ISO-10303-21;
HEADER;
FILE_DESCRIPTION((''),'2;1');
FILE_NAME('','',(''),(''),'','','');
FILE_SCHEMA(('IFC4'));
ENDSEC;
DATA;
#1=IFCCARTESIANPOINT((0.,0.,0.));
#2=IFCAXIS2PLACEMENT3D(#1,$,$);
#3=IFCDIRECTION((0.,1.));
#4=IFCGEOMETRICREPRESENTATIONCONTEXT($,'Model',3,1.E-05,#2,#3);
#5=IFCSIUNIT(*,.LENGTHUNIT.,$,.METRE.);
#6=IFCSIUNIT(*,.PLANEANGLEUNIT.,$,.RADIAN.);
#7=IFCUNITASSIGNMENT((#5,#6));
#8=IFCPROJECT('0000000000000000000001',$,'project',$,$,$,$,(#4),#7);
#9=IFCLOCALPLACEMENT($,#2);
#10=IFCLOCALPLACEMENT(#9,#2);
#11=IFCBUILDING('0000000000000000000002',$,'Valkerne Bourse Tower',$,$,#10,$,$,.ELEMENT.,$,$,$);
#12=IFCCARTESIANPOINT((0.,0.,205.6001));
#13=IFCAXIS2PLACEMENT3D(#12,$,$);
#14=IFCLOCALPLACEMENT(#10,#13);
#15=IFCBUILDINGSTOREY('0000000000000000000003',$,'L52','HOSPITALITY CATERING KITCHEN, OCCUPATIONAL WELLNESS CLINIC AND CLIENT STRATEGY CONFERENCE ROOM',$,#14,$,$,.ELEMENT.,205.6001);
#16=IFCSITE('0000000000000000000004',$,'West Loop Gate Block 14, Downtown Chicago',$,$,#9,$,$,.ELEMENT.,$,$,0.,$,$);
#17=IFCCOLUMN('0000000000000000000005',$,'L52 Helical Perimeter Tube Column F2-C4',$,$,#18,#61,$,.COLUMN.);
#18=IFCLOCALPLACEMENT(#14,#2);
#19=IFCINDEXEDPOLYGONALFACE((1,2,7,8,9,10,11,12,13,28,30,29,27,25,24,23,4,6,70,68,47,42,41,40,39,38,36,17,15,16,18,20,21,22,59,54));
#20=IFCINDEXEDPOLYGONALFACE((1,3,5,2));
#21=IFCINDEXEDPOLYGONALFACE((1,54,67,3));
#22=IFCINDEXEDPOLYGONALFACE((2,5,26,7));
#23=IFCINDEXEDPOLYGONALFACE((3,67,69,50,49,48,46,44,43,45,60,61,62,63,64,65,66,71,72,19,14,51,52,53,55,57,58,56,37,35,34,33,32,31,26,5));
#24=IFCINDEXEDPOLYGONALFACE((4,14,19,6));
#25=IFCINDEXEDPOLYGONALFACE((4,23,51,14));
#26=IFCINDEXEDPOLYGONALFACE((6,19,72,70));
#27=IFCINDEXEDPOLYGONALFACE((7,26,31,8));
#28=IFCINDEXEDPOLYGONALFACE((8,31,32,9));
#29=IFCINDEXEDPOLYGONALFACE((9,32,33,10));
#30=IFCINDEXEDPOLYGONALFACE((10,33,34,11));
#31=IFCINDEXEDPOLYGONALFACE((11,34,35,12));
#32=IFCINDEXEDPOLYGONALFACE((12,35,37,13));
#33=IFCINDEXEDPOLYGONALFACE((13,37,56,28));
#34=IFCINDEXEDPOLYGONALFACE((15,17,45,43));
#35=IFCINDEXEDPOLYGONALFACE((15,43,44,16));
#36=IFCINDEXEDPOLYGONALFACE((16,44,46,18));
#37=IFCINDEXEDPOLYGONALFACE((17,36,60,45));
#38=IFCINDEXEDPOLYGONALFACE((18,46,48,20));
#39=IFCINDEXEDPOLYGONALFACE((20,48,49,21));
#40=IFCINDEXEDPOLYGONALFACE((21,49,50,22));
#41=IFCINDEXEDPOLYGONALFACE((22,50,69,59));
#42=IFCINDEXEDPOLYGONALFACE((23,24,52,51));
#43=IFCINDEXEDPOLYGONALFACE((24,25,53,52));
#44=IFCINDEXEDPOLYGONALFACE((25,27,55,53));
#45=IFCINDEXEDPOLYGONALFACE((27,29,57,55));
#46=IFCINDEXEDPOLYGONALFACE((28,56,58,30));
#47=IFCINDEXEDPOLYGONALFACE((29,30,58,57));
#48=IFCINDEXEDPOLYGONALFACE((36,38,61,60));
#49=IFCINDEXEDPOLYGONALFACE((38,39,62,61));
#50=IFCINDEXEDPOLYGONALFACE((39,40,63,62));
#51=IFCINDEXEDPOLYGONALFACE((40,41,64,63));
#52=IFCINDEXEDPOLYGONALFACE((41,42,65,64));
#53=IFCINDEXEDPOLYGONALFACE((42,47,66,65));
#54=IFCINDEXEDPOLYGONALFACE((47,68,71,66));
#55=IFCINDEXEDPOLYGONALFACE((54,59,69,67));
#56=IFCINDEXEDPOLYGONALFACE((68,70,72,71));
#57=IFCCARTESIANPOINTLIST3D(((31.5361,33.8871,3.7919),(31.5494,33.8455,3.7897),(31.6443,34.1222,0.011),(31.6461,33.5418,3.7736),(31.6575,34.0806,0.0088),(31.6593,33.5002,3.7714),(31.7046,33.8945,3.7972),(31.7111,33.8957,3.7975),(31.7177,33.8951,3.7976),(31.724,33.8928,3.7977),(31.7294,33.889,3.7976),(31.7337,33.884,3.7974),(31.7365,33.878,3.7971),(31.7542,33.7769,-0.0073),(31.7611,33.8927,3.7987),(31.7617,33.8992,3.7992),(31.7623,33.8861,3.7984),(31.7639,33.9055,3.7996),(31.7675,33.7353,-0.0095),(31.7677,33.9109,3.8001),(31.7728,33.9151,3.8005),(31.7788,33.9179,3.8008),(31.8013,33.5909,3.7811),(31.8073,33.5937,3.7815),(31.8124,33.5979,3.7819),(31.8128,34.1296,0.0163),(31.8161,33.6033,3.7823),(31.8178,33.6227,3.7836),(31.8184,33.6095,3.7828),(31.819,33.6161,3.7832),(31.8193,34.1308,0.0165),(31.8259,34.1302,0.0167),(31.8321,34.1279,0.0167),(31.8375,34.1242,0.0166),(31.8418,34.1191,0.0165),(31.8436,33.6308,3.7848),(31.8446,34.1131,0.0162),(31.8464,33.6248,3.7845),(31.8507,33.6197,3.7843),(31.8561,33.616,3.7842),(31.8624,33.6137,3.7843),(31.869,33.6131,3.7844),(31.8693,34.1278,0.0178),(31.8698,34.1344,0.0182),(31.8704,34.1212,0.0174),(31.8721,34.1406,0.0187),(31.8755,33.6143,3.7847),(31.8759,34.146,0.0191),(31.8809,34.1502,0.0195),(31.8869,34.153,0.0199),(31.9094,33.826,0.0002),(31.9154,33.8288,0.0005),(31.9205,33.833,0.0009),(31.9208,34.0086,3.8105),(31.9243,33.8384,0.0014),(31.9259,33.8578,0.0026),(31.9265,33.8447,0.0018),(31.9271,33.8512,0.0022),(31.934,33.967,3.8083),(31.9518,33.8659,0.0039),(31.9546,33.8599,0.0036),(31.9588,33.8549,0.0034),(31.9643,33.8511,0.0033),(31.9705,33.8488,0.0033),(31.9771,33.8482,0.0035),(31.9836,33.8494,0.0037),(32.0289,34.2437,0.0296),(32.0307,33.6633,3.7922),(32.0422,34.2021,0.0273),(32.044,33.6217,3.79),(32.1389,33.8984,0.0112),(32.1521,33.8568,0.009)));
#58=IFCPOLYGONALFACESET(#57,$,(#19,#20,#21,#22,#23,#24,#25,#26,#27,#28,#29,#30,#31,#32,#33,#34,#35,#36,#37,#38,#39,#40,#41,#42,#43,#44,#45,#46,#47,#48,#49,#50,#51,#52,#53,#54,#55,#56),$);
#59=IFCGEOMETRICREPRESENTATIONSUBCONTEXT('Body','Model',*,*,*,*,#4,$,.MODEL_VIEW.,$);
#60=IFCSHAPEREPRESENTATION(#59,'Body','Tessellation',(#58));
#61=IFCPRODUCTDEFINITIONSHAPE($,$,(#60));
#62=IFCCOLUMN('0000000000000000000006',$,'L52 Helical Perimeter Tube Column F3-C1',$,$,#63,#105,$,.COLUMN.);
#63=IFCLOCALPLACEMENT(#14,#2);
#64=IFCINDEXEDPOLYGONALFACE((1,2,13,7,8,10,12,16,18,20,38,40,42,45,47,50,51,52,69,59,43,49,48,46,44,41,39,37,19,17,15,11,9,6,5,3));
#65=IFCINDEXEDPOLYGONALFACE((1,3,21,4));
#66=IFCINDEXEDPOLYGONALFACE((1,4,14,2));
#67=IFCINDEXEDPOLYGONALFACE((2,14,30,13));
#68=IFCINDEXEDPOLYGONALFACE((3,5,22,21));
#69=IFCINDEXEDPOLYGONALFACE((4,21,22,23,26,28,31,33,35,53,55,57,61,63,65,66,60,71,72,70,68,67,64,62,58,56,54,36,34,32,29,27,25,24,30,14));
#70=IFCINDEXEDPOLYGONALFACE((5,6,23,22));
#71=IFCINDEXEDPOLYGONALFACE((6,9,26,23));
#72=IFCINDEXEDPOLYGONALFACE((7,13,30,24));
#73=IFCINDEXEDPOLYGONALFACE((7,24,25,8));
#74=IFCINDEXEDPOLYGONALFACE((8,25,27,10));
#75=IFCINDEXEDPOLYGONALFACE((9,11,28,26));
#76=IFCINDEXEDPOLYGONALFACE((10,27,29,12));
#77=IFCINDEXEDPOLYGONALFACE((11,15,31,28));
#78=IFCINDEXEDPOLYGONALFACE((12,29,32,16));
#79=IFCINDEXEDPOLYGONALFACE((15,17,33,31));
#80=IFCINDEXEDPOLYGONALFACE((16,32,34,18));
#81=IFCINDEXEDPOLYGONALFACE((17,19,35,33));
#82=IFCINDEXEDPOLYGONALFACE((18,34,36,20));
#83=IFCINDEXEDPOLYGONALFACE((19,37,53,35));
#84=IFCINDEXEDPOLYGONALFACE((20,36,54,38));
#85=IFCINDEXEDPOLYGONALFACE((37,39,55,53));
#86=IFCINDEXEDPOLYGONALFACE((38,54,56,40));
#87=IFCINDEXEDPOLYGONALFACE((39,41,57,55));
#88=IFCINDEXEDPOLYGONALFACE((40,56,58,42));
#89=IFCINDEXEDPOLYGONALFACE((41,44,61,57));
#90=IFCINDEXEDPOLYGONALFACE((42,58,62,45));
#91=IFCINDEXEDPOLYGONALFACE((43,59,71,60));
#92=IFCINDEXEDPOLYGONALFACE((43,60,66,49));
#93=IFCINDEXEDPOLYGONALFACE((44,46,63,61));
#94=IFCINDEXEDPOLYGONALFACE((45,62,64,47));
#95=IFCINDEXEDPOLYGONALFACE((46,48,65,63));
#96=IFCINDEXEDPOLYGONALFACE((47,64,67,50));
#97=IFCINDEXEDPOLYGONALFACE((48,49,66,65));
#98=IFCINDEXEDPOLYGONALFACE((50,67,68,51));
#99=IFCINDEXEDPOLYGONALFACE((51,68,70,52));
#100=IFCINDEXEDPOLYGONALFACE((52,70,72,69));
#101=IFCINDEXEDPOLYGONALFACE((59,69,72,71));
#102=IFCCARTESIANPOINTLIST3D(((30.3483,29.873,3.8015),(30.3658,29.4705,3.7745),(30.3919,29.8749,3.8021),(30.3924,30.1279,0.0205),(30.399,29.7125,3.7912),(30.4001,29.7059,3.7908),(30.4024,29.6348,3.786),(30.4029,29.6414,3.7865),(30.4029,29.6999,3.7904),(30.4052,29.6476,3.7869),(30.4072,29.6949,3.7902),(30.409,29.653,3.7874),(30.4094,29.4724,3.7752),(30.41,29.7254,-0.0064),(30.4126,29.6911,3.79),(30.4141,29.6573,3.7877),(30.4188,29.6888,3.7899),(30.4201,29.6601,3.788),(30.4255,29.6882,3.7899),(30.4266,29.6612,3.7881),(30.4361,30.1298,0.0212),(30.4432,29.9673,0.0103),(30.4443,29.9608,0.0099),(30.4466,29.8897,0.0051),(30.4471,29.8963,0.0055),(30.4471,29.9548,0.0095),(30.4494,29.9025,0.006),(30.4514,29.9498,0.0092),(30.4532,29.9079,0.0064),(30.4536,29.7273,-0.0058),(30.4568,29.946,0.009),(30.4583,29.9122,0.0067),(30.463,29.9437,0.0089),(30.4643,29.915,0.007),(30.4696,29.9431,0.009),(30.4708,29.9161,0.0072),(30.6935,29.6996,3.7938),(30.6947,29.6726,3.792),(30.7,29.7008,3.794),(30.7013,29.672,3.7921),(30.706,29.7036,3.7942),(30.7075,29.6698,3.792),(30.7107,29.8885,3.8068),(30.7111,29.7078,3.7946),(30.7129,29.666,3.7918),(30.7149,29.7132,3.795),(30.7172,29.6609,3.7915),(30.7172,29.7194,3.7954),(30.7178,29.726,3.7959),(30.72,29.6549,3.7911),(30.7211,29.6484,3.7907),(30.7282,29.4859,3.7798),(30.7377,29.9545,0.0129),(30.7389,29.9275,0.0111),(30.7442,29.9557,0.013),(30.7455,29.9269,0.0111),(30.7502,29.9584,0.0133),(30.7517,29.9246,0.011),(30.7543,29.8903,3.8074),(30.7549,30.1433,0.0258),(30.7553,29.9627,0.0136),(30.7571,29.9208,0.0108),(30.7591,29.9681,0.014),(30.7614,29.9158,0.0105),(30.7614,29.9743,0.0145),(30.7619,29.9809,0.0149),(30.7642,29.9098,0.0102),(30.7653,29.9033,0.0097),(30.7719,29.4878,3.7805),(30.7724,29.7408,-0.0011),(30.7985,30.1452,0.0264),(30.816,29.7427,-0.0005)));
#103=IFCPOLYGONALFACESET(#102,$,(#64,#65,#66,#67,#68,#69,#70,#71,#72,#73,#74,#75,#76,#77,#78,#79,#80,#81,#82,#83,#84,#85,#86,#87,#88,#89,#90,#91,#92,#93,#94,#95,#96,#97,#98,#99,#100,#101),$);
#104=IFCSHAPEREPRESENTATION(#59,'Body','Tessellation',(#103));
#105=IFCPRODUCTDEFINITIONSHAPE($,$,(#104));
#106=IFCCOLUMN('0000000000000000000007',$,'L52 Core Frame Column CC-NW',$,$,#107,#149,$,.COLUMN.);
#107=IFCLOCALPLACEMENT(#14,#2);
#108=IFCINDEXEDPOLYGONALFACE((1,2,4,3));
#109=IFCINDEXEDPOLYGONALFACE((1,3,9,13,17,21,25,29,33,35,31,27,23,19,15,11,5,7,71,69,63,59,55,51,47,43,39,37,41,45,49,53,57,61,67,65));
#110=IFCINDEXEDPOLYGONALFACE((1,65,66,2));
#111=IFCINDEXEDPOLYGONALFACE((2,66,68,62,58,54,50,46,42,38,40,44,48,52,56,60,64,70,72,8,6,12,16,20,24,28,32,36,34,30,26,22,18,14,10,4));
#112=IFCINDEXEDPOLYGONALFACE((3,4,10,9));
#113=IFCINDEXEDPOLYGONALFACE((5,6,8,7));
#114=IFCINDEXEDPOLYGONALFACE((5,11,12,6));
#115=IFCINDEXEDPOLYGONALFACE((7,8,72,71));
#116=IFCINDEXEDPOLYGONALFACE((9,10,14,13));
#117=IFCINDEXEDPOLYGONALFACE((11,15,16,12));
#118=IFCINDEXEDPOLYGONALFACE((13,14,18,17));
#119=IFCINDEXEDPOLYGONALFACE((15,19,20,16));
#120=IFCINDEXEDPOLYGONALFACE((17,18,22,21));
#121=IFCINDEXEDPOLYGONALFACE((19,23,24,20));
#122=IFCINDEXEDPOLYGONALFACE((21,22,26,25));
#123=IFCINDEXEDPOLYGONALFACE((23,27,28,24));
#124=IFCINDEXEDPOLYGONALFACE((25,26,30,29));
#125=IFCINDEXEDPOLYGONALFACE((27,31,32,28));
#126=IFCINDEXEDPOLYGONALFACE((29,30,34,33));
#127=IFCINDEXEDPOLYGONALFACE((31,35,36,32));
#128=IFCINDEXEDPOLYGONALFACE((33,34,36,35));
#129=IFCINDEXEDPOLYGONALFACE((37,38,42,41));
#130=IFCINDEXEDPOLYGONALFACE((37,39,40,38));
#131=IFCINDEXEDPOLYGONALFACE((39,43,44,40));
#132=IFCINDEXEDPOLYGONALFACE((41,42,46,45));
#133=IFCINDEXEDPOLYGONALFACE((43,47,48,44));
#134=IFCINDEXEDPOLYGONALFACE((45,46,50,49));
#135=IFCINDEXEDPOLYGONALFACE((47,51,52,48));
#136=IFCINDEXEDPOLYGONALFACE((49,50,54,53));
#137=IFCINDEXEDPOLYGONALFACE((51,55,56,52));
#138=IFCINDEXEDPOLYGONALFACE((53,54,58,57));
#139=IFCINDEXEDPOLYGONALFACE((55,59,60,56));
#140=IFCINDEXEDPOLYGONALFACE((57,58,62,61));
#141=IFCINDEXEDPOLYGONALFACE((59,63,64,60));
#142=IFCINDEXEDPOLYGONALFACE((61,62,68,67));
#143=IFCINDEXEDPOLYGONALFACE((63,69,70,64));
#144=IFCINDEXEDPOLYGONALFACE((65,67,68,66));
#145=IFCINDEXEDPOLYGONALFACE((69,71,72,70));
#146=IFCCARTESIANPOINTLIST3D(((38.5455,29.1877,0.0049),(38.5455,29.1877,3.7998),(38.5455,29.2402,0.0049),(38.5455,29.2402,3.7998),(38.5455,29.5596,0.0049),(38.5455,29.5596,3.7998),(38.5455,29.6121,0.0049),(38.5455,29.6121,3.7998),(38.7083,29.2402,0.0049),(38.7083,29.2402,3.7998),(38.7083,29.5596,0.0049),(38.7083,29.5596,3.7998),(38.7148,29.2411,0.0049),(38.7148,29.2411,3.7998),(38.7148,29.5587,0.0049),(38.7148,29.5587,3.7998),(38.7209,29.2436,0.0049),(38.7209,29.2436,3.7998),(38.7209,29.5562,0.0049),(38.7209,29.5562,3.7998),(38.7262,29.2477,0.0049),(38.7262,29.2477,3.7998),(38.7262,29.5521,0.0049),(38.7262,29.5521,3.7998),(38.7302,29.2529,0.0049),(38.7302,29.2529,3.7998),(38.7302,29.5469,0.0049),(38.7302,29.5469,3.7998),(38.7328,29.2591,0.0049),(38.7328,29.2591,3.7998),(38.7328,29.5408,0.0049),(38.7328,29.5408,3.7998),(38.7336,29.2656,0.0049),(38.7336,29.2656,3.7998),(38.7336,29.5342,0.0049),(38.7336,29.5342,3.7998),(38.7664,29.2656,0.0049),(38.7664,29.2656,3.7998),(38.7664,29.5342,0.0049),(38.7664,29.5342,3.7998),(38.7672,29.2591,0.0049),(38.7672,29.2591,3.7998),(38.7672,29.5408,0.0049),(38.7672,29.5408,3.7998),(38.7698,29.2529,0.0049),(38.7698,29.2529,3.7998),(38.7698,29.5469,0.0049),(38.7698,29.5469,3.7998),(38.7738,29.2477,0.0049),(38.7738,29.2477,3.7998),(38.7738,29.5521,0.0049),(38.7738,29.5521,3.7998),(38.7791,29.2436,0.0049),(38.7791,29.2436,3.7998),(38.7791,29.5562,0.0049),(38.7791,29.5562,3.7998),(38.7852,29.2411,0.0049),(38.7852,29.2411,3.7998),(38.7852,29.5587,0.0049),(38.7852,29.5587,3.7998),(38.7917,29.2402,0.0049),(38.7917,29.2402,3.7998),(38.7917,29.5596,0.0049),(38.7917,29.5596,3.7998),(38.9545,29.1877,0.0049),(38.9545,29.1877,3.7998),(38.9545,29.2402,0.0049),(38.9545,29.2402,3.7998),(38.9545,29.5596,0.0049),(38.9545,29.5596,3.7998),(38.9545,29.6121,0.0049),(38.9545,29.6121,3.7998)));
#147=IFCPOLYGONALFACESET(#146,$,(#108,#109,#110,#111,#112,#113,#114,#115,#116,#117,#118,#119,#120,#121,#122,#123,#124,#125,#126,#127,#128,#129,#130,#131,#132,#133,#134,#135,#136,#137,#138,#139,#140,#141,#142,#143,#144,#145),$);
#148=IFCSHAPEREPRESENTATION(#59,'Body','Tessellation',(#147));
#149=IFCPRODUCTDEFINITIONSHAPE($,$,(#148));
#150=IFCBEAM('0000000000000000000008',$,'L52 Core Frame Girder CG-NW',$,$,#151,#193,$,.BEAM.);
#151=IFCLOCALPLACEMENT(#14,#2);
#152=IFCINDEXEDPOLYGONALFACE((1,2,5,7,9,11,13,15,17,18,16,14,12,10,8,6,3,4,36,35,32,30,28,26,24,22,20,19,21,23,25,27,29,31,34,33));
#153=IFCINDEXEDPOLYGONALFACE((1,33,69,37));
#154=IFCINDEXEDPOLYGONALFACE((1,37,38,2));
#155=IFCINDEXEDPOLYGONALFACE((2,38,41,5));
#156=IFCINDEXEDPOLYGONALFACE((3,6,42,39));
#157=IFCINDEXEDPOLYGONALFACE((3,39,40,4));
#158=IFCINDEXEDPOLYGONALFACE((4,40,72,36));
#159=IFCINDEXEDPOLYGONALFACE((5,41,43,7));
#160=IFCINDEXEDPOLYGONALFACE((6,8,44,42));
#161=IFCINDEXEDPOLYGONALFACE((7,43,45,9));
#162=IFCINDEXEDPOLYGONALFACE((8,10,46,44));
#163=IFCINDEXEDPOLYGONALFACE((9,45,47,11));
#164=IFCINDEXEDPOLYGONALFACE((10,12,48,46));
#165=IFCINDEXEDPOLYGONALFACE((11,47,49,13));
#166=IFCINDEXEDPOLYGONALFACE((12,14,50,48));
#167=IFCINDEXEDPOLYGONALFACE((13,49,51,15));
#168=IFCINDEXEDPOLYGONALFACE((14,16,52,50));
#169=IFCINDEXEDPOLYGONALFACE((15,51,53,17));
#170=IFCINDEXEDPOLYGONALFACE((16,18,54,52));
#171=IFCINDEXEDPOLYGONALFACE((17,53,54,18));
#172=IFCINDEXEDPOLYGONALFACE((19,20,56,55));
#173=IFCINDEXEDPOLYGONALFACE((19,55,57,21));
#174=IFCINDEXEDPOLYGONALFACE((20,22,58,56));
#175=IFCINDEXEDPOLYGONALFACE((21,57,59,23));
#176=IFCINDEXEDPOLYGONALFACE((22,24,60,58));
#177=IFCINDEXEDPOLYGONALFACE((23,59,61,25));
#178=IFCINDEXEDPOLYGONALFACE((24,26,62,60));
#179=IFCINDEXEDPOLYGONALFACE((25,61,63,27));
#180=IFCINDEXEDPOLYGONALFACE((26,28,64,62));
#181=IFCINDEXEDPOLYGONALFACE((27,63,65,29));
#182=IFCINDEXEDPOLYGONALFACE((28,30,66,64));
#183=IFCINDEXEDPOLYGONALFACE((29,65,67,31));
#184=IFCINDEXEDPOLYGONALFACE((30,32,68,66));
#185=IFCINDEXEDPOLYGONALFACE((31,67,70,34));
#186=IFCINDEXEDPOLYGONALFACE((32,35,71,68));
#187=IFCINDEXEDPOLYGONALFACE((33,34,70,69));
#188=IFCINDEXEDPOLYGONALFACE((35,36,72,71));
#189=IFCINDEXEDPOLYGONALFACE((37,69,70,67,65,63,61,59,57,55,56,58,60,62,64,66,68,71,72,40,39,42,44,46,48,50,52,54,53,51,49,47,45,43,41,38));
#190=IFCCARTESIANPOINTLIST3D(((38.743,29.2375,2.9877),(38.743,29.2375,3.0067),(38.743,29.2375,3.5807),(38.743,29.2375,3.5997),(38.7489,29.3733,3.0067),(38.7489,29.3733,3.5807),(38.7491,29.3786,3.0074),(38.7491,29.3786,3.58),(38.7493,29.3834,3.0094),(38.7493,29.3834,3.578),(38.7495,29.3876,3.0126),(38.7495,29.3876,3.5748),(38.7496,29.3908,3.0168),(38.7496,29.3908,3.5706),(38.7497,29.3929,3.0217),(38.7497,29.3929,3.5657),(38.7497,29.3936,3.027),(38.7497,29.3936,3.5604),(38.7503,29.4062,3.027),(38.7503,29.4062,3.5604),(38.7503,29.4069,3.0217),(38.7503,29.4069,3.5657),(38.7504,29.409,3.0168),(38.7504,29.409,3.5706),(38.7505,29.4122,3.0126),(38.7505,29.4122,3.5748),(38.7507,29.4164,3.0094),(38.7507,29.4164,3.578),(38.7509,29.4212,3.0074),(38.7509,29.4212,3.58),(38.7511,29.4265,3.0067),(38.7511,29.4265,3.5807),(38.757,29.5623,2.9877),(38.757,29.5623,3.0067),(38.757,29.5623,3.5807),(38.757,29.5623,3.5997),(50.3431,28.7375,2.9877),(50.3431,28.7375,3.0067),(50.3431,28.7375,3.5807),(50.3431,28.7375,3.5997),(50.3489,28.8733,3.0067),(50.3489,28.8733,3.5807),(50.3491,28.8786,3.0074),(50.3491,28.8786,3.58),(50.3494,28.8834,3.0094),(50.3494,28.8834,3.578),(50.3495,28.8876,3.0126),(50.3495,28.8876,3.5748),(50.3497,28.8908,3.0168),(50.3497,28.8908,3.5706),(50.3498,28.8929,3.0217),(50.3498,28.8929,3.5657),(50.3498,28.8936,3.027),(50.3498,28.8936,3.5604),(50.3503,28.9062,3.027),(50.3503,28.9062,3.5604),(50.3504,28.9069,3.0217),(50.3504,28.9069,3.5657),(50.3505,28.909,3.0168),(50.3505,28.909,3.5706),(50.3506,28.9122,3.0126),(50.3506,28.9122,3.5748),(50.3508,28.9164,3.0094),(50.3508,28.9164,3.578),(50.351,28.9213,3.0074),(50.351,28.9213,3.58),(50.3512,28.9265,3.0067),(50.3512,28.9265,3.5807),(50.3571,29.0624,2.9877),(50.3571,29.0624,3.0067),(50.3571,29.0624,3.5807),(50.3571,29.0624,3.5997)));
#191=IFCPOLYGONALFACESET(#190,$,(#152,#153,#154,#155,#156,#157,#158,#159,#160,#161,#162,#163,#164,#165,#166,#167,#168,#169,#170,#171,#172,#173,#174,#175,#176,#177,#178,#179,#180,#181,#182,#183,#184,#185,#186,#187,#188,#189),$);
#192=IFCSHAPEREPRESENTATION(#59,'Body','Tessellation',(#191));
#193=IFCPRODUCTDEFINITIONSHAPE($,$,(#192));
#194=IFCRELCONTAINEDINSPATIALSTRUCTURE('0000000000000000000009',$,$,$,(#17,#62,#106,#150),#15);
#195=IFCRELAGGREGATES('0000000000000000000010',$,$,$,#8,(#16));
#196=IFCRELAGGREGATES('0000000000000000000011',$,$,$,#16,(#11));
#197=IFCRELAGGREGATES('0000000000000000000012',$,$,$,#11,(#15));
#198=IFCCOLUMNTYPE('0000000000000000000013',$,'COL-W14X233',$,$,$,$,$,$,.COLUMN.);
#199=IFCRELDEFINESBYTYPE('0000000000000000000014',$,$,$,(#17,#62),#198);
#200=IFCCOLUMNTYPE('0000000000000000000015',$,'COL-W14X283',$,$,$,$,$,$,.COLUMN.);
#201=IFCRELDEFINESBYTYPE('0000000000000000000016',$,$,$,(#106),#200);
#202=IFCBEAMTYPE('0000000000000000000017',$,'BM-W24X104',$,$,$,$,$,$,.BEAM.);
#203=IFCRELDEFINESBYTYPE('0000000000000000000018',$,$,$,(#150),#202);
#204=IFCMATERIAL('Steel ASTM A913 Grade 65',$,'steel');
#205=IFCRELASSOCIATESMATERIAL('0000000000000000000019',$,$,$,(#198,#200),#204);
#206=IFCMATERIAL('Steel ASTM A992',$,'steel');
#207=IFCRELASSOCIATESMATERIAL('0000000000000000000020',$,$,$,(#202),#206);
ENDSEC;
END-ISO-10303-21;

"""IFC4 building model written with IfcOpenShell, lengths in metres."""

from ifc_helpers import new_model, si_unit, direction, frame, origin, origin_2d, place, context, subcontext, project, spatial, i_section, extrude, material, material_profile, profile_set, type_object, element, save


model = new_model("IFC4")

# Units and contexts
model_context = context("Model", 3, precision=1e-05, world=origin(), true_north=direction((0.0, 1.0)))
body_context = subcontext(model_context, "Body", "Model", "MODEL_VIEW")
ifc_project = project(units=[si_unit("LENGTHUNIT", "METRE"), si_unit("PLANEANGLEUNIT", "RADIAN")], contexts=[model_context])

# Site, building, storey
site_placement = place(None, origin())
site = spatial("IfcSite", under=ifc_project, at=site_placement, Name="West Loop Gate Block 14, Downtown Chicago", CompositionType="ELEMENT", RefElevation=0.0)
building_placement = place(site_placement, origin())
building = spatial("IfcBuilding", under=site, at=building_placement, Name="Valkerne Bourse Tower", CompositionType="ELEMENT")
storey_placement = place(building_placement, frame((0.0, 0.0, 205.6001)))
storey = spatial("IfcBuildingStorey", under=building, at=storey_placement, Name="L52", Description="HOSPITALITY CATERING KITCHEN, OCCUPATIONAL WELLNESS CLINIC AND CLIENT STRATEGY CONFERENCE ROOM", CompositionType="ELEMENT", Elevation=205.6001)

# Columns
ifc_material_1 = material(Name="Steel ASTM A913 Grade 65", Category="steel")
ifc_material_profile_1 = material_profile(ifc_material_1, i_section(OverallWidth=0.4038, OverallDepth=0.4065, WebThickness=0.0271, FlangeThickness=0.0437, FilletRadius=0.0254, at=origin_2d()), Name="W14X233")
ifc_profile_set_1 = profile_set([ifc_material_profile_1], Name="Steel ASTM A913 Grade 65")
column_type_1 = type_object("IfcColumnType", Name="COL-W14X233", PredefinedType="COLUMN", material=ifc_profile_set_1)
for number, where, z_axis, x_axis, name in (
    (1, (31.8982, 33.9895, 0.01), (-0.028538, -0.062036, 0.997666), (-0.952552, -0.300886, -0.045957), "L52 Helical Perimeter Tube Column F2-C4"),
    (2, (30.6042, 29.9353, 0.01), (-0.01166, -0.067254, 0.997668), (0.043386, -0.99683, -0.066691), "L52 Helical Perimeter Tube Column F3-C1"),
):
    element("IfcColumn", number, at=place(storey_placement, frame(where, z_axis=z_axis, x_axis=x_axis)), inside=storey, type_object=column_type_1, Name=name, PredefinedType="COLUMN", context=body_context, shape_type="SweptSolid", body=[
        extrude(i_section(OverallWidth=0.4038, OverallDepth=0.4065, WebThickness=0.0271, FlangeThickness=0.0437, FilletRadius=0.0254, at=origin_2d()), origin(), (0.0, 0.0, 1.0), 3.7898),
    ])
ifc_material_profile_2 = material_profile(ifc_material_1, i_section(OverallWidth=0.4089, OverallDepth=0.4243, WebThickness=0.0327, FlangeThickness=0.0525, FilletRadius=0.0254, at=origin_2d()), Name="W14X283")
ifc_profile_set_2 = profile_set([ifc_material_profile_2], Name="Steel ASTM A913 Grade 65")
column_type_2 = type_object("IfcColumnType", Name="COL-W14X283", PredefinedType="COLUMN", material=ifc_profile_set_2)
column_placement = place(storey_placement, frame((38.75, 29.3999, 0.0049), z_axis=(0.0, 0.0, 1.0), x_axis=(1.0, 0.0, 0.0)))
element("IfcColumn", 3, at=column_placement, inside=storey, type_object=column_type_2, Name="L52 Core Frame Column CC-NW", PredefinedType="COLUMN", context=body_context, shape_type="SweptSolid", body=[
    extrude(i_section(OverallWidth=0.4089, OverallDepth=0.4243, WebThickness=0.0327, FlangeThickness=0.0525, FilletRadius=0.0254, at=origin_2d()), origin(), (0.0, 0.0, 1.0), 3.7949),
])

# Beam
ifc_material_2 = material(Name="Steel ASTM A992", Category="steel")
ifc_material_profile_3 = material_profile(ifc_material_2, i_section(OverallWidth=0.3252, OverallDepth=0.6121, WebThickness=0.0127, FlangeThickness=0.019, FilletRadius=0.0203, at=origin_2d()), Name="W24X104")
ifc_profile_set_3 = profile_set([ifc_material_profile_3], Name="Steel ASTM A992")
beam_type_1 = type_object("IfcBeamType", Name="BM-W24X104", PredefinedType="BEAM", material=ifc_profile_set_3)
beam_1_placement = place(storey_placement, frame((38.75, 29.3999, 3.2937), z_axis=(0.999072, -0.043063, 0.0), x_axis=(0.043063, 0.999072, 0.0)))
element("IfcBeam", 4, at=beam_1_placement, inside=storey, type_object=beam_type_1, Name="L52 Core Frame Girder CG-NW", PredefinedType="BEAM", context=body_context, shape_type="SweptSolid", body=[
    extrude(i_section(OverallWidth=0.3252, OverallDepth=0.6121, WebThickness=0.0127, FlangeThickness=0.019, FilletRadius=0.0203, at=origin_2d()), origin(), (0.0, 0.0, 1.0), 11.6108),
])

save(model, "model.ifc")
